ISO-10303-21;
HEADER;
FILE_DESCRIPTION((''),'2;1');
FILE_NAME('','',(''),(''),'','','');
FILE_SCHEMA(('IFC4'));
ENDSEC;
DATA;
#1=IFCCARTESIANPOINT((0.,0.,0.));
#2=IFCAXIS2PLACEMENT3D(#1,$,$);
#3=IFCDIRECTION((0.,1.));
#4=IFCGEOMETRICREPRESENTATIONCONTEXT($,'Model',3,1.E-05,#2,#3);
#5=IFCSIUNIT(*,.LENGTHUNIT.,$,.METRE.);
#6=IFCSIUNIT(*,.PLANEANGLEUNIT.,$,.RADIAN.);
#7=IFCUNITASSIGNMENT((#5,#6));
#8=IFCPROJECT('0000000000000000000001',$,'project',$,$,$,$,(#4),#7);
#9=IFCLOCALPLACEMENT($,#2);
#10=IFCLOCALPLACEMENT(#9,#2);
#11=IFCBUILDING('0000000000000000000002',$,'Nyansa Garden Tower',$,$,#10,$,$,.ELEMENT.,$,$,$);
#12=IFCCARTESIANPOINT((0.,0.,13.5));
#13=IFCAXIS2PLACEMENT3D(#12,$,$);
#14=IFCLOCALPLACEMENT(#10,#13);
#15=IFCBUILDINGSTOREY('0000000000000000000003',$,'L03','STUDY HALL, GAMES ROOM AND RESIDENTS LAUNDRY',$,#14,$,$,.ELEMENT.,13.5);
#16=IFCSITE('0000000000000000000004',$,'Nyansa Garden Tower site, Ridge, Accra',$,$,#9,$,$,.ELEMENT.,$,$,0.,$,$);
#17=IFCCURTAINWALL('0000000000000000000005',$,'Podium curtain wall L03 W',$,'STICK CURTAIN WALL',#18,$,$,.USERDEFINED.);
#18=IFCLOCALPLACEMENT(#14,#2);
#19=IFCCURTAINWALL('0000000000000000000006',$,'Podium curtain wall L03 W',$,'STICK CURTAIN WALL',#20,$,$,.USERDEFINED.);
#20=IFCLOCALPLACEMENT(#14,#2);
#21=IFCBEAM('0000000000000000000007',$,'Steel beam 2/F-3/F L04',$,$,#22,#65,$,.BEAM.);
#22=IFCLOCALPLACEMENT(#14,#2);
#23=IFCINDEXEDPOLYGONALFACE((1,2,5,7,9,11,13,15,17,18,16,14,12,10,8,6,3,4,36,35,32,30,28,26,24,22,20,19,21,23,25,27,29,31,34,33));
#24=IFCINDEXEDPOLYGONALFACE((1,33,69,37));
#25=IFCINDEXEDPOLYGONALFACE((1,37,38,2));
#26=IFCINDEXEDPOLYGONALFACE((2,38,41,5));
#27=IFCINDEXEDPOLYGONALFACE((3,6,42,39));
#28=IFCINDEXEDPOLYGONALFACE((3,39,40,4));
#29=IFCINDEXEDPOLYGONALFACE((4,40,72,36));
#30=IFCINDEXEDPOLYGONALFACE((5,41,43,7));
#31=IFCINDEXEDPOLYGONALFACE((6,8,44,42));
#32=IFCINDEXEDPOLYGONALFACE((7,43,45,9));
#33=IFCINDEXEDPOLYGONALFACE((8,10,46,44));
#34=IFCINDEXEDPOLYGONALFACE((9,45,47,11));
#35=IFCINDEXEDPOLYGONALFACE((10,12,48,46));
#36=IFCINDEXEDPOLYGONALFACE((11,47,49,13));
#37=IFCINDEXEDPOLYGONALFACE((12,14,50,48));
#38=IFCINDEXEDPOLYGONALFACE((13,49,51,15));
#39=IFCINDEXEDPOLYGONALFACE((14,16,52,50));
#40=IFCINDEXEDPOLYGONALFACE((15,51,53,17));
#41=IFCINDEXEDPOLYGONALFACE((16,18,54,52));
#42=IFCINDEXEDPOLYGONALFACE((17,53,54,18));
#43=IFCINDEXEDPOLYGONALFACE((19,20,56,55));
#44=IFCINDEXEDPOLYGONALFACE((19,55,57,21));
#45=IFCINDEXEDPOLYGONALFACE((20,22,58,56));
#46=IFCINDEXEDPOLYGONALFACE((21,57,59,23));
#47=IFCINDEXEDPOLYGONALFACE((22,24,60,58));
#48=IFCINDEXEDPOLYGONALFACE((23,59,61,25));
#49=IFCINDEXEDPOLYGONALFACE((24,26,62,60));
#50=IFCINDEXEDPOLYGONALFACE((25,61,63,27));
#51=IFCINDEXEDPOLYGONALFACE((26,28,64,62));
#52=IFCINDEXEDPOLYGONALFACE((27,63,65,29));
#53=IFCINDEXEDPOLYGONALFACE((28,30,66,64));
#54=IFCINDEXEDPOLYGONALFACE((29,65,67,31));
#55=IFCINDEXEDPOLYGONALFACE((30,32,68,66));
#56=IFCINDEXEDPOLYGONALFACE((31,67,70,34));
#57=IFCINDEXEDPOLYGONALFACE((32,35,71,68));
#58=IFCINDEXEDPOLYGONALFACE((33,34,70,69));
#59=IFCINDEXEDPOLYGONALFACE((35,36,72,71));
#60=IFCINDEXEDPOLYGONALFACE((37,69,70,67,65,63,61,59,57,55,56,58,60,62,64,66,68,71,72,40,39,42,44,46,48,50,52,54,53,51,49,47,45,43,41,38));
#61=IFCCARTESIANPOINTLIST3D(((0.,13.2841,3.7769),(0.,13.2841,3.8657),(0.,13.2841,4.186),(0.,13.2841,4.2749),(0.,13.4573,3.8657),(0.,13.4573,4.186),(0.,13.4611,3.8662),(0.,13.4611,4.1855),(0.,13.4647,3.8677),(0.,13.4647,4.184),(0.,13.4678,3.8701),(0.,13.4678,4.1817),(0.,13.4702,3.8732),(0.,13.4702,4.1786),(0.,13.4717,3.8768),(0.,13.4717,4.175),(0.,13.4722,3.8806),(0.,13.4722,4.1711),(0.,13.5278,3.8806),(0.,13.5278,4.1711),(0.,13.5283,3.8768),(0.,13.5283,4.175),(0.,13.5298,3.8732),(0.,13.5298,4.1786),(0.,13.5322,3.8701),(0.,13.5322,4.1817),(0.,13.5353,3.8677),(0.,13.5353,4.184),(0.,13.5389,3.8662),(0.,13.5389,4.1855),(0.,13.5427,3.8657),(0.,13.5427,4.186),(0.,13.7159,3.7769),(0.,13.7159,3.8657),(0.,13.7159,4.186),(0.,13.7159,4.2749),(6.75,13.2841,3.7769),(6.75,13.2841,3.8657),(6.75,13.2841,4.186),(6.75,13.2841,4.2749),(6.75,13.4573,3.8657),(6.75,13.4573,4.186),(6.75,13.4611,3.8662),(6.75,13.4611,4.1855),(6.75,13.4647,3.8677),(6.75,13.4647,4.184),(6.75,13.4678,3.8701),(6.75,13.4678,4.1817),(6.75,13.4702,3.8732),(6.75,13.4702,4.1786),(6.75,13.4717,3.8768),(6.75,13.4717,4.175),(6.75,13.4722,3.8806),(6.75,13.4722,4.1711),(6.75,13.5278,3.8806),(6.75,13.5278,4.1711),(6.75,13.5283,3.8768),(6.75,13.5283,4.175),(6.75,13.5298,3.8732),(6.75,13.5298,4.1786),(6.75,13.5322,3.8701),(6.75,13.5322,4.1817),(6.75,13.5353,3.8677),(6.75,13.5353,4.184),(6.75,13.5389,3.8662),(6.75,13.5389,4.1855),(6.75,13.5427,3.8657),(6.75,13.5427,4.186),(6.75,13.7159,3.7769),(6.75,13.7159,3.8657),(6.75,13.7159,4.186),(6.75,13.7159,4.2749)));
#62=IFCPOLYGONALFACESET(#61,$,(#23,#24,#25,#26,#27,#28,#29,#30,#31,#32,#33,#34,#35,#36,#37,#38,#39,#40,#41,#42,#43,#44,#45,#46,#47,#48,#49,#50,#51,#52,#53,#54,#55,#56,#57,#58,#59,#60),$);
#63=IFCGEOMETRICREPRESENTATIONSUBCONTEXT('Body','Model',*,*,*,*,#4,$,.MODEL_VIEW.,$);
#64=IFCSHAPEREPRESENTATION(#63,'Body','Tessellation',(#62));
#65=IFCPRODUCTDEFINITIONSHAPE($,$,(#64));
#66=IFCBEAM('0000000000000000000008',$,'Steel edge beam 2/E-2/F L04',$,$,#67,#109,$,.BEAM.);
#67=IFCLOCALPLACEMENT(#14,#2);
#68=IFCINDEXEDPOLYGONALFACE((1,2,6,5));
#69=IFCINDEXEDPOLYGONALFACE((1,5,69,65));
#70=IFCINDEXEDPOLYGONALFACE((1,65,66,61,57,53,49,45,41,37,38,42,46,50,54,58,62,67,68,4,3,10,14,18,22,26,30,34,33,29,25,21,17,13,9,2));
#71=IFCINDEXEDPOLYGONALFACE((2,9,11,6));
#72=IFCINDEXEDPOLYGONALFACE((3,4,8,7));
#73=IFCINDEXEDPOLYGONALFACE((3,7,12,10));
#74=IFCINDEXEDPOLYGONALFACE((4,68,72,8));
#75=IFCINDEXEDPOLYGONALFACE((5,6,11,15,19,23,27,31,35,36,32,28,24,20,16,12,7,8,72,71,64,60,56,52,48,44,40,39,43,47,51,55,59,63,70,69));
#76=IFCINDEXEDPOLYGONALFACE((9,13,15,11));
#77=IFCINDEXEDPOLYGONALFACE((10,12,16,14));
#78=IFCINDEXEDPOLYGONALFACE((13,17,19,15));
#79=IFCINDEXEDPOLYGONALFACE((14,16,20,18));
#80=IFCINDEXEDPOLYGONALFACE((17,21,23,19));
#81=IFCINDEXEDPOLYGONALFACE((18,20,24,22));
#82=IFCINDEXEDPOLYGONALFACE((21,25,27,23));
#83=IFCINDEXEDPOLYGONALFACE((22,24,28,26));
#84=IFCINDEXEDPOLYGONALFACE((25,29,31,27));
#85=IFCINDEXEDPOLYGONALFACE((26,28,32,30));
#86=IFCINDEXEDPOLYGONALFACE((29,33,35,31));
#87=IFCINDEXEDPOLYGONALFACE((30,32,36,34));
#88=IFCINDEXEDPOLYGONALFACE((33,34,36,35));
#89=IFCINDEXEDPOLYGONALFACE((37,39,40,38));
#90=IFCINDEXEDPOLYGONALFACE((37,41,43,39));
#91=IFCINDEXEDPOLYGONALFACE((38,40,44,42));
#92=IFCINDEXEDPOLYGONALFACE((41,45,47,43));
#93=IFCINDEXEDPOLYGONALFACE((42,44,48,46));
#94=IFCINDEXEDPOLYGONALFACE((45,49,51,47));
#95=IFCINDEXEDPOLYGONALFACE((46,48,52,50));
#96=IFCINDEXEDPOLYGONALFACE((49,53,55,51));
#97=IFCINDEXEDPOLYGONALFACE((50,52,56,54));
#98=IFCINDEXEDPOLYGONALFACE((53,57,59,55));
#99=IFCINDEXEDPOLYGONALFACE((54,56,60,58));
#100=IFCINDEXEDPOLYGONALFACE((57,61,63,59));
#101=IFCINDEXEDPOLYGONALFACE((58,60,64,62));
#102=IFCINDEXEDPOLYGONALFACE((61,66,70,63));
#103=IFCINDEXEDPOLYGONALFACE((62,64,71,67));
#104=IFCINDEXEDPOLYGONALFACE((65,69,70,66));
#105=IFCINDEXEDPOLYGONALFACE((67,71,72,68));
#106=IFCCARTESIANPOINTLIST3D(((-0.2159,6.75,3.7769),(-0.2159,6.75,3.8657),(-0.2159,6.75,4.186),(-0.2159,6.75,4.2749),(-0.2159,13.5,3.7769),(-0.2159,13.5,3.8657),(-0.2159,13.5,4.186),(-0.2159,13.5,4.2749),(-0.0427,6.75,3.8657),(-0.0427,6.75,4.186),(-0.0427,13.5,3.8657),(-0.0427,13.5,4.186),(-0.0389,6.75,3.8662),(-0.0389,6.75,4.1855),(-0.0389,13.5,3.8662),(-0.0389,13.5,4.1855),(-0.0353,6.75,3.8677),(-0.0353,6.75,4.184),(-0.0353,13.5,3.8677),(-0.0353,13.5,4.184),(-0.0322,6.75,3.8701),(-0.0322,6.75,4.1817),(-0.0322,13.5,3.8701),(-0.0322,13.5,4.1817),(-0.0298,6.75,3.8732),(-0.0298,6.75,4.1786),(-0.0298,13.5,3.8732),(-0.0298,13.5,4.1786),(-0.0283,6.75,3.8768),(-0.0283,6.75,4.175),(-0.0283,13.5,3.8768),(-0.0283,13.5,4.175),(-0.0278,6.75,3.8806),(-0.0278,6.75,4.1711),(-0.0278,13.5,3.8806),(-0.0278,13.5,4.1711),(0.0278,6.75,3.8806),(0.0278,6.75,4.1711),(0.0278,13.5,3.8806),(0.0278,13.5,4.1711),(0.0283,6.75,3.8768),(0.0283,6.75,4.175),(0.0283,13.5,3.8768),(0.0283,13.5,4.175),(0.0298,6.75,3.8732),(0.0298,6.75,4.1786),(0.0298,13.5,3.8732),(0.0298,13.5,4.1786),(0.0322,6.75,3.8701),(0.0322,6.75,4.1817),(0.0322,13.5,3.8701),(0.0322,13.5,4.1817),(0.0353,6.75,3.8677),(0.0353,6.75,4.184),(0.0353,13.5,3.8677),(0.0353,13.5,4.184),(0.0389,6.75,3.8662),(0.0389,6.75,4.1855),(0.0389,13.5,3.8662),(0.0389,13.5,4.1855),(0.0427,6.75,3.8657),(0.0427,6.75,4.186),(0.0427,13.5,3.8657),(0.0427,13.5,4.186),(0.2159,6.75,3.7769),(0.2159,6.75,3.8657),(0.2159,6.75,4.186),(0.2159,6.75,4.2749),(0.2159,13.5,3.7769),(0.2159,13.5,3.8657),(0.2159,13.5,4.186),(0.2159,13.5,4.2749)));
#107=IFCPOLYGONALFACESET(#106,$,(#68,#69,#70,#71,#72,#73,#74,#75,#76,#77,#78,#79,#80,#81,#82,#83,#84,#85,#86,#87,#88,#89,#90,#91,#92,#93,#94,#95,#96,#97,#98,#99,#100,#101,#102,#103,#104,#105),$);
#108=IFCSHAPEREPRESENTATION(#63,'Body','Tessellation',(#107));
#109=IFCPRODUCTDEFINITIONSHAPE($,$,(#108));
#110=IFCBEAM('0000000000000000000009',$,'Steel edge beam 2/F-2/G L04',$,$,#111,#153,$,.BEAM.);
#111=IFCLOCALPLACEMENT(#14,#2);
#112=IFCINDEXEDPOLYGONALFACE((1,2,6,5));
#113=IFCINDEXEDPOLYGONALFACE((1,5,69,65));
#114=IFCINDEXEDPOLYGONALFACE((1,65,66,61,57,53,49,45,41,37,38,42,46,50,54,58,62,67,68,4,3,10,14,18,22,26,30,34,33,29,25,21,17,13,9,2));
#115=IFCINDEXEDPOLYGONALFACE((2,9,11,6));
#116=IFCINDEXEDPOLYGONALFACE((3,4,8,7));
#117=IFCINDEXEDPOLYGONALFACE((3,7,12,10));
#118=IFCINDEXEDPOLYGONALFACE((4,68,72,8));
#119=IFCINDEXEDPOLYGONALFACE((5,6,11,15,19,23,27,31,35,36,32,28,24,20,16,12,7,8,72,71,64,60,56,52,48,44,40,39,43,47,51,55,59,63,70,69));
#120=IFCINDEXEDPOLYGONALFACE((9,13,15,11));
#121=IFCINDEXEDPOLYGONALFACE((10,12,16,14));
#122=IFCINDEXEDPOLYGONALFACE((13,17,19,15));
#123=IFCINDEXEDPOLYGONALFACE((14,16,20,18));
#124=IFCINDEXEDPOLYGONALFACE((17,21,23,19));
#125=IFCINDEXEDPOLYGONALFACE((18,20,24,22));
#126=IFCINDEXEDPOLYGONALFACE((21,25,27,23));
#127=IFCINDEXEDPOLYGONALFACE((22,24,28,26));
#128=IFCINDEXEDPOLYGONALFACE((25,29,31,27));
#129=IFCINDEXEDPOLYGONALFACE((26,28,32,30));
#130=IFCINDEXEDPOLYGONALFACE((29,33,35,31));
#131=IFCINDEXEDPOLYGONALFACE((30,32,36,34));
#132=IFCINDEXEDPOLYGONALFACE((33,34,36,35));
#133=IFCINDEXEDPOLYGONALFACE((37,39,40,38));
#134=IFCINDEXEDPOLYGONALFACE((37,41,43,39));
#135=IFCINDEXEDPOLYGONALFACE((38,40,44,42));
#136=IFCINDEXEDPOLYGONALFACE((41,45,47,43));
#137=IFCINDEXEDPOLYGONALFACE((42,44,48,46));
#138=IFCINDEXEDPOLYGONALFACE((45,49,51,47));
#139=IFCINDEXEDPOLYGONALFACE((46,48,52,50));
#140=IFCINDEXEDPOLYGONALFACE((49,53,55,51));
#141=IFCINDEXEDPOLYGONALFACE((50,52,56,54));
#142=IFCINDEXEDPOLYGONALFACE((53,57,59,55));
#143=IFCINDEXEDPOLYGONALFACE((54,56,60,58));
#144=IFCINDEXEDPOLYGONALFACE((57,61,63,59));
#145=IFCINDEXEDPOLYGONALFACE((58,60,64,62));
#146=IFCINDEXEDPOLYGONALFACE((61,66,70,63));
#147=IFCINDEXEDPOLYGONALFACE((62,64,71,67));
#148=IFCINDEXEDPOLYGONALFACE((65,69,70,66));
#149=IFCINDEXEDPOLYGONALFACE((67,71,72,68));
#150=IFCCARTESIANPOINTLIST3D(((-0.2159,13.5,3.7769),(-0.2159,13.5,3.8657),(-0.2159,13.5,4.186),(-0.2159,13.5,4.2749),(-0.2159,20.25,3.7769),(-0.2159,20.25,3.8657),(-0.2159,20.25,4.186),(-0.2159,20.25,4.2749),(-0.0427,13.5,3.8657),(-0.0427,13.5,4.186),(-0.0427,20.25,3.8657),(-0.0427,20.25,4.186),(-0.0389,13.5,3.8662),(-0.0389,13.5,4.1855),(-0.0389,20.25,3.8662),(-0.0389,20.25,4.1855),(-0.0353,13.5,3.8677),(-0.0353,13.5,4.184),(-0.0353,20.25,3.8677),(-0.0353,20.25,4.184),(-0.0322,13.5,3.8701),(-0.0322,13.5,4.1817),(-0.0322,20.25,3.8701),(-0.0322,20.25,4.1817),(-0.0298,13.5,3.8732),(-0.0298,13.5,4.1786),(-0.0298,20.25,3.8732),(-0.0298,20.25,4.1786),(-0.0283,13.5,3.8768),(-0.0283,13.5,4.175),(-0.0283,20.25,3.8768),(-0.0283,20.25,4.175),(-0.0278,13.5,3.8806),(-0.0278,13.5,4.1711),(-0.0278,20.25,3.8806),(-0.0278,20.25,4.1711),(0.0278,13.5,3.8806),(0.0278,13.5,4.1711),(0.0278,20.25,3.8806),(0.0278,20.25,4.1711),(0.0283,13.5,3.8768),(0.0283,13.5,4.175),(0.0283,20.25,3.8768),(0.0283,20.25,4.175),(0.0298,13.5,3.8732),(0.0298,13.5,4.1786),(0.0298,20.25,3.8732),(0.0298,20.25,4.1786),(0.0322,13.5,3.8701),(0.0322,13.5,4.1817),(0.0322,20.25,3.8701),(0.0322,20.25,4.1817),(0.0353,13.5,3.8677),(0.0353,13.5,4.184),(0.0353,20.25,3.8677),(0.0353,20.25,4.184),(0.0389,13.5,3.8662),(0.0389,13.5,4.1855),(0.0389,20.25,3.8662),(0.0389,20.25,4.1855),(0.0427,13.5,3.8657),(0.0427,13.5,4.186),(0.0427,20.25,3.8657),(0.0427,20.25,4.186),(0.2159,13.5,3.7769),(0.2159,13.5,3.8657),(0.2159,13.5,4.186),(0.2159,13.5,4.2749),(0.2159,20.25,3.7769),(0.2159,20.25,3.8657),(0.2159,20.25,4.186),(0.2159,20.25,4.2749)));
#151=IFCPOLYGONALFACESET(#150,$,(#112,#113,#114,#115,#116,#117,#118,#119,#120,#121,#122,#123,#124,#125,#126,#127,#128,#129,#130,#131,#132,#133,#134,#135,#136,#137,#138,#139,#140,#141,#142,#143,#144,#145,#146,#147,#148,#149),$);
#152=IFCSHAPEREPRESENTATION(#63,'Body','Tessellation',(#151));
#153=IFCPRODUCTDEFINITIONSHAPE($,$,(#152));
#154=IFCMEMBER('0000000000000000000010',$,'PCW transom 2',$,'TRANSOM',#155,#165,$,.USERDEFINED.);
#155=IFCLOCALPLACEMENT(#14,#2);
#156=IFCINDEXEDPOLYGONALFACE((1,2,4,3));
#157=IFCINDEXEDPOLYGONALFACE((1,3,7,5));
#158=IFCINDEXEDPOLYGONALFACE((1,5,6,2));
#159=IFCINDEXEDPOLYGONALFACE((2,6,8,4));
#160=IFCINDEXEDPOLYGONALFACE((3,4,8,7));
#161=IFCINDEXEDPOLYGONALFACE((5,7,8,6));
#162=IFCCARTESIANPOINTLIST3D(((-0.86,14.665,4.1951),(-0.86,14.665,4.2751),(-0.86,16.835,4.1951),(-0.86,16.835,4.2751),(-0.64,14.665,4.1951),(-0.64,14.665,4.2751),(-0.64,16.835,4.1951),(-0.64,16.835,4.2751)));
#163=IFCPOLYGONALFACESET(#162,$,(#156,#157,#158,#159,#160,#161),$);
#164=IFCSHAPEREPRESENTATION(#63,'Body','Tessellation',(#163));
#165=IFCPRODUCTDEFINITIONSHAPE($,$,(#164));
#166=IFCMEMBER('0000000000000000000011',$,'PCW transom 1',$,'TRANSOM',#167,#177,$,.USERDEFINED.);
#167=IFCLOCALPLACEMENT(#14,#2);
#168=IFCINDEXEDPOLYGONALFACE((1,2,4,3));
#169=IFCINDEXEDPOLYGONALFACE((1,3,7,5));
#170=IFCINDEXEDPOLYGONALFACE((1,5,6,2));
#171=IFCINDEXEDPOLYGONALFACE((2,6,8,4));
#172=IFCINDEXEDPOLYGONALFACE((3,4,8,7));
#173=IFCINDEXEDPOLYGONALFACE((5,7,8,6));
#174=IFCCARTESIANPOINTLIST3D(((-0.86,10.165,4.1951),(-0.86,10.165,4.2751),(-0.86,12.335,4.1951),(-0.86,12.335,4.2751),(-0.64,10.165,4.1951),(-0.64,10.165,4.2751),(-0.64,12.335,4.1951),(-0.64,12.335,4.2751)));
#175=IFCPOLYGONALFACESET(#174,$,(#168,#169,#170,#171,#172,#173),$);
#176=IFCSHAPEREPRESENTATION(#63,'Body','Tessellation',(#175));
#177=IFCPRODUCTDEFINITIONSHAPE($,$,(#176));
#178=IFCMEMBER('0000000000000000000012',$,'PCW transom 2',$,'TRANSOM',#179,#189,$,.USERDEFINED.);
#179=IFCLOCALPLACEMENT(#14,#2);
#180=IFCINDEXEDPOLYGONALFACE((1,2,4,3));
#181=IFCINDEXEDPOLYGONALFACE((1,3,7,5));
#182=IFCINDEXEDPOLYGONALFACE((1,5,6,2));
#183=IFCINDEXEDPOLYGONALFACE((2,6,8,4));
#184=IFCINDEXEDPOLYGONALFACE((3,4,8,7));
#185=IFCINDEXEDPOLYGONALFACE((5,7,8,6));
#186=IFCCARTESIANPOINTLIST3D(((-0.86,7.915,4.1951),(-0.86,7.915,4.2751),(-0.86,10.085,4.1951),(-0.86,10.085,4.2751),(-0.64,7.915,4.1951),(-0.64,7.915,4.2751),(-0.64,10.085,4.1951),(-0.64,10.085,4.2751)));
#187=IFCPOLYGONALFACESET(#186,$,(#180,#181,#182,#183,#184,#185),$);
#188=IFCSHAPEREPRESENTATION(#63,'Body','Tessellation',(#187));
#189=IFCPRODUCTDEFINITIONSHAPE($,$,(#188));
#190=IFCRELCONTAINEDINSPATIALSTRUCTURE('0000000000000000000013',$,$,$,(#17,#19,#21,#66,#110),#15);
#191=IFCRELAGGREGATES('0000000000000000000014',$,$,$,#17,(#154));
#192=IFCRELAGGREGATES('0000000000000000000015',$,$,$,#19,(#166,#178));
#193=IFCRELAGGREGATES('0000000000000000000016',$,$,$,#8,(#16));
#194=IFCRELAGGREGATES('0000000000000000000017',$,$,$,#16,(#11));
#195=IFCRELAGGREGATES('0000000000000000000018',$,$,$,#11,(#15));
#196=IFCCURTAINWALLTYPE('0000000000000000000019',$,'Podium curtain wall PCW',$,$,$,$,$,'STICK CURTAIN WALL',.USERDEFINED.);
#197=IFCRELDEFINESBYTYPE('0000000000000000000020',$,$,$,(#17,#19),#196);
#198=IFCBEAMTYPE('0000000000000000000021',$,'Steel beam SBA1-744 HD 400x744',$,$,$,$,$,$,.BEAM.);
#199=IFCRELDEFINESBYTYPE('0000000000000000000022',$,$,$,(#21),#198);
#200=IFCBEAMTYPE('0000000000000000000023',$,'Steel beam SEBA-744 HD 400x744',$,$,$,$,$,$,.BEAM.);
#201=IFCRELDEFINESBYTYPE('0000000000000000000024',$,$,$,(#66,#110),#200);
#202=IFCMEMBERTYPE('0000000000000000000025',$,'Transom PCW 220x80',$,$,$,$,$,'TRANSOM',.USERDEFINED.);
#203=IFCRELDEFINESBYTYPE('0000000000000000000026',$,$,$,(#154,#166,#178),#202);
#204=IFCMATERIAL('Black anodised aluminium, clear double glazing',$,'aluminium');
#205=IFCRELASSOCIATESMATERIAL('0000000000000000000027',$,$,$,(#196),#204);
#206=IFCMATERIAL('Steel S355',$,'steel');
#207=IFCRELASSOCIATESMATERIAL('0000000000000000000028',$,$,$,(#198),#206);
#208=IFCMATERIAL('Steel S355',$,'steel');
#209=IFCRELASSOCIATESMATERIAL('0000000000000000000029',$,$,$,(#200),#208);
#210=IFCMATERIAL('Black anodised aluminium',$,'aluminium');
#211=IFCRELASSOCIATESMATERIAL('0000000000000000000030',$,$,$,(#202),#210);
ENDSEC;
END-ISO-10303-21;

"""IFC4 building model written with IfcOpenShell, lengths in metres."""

from ifc_helpers import new_model, si_unit, direction, frame, origin, origin_2d, place, context, subcontext, project, spatial, rectangle, i_section, extrude, material, material_profile, profile_set, type_object, element, aggregate, save


model = new_model("IFC4")

# Units and contexts
model_context = context("Model", 3, precision=1e-05, world=origin(), true_north=direction((0.0, 1.0)))
body_context = subcontext(model_context, "Body", "Model", "MODEL_VIEW")
ifc_project = project(units=[si_unit("LENGTHUNIT", "METRE"), si_unit("PLANEANGLEUNIT", "RADIAN")], contexts=[model_context])

# Site, building, storey
site_placement = place(None, origin())
site = spatial("IfcSite", under=ifc_project, at=site_placement, Name="Nyansa Garden Tower site, Ridge, Accra", CompositionType="ELEMENT", RefElevation=0.0)
building_placement = place(site_placement, origin())
building = spatial("IfcBuilding", under=site, at=building_placement, Name="Nyansa Garden Tower", CompositionType="ELEMENT")
storey_placement = place(building_placement, frame((0.0, 0.0, 13.5)))
storey = spatial("IfcBuildingStorey", under=building, at=storey_placement, Name="L03", Description="STUDY HALL, GAMES ROOM AND RESIDENTS LAUNDRY", CompositionType="ELEMENT", Elevation=13.5)

# Curtain wall
ifc_material_1 = material(Name="Black anodised aluminium, clear double glazing", Category="aluminium")
curtain_wall_type = type_object("IfcCurtainWallType", Name="Podium curtain wall PCW", ElementType="STICK CURTAIN WALL", PredefinedType="USERDEFINED", material=ifc_material_1)
curtain_wall_1_placement = place(storey_placement, origin())
curtain_wall_1 = element("IfcCurtainWall", 1, at=curtain_wall_1_placement, inside=storey, type_object=curtain_wall_type, Name="Podium curtain wall L03 W", ObjectType="STICK CURTAIN WALL", PredefinedType="USERDEFINED")

# Curtain wall
curtain_wall_2_placement = place(storey_placement, origin())
curtain_wall_2 = element("IfcCurtainWall", 2, at=curtain_wall_2_placement, inside=storey, type_object=curtain_wall_type, Name="Podium curtain wall L03 W", ObjectType="STICK CURTAIN WALL", PredefinedType="USERDEFINED")

# Beams
ifc_material_2 = material(Name="Steel S355", Category="steel")
ifc_material_profile_1 = material_profile(ifc_material_2, i_section(OverallWidth=0.4319, OverallDepth=0.498, WebThickness=0.0557, FlangeThickness=0.0889, FilletRadius=0.0149, at=origin_2d()), Name="HD 400x744")
ifc_profile_set_1 = profile_set([ifc_material_profile_1], Name="Steel S355")
beam_type_1 = type_object("IfcBeamType", Name="Steel beam SBA1-744 HD 400x744", PredefinedType="BEAM", material=ifc_profile_set_1)
for number, where, z_axis, x_axis, name in (
    (3, (0.0, 13.5, 4.0259), (1.0, 0.0, 0.0), (0.0, 1.0, 0.0), "Steel beam 2/F-3/F L04"),
):
    element("IfcBeam", number, at=place(storey_placement, frame(where, z_axis=z_axis, x_axis=x_axis)), inside=storey, type_object=beam_type_1, Name=name, PredefinedType="BEAM", context=body_context, shape_type="SweptSolid", body=[
        extrude(i_section(OverallWidth=0.4319, OverallDepth=0.498, WebThickness=0.0557, FlangeThickness=0.0889, FilletRadius=0.0149, at=origin_2d()), origin(), (0.0, 0.0, 1.0), 6.75),
    ])
ifc_material_3 = material(Name="Steel S355", Category="steel")
ifc_material_profile_2 = material_profile(ifc_material_3, i_section(OverallWidth=0.4319, OverallDepth=0.498, WebThickness=0.0557, FlangeThickness=0.0889, FilletRadius=0.0149, at=origin_2d()), Name="HD 400x744")
ifc_profile_set_2 = profile_set([ifc_material_profile_2], Name="Steel S355")
beam_type_2 = type_object("IfcBeamType", Name="Steel beam SEBA-744 HD 400x744", PredefinedType="BEAM", material=ifc_profile_set_2)
for number, where, z_axis, x_axis, name in (
    (4, (0.0, 6.75, 4.0259), (0.0, 1.0, 0.0), (-1.0, 0.0, 0.0), "Steel edge beam 2/E-2/F L04"),
    (5, (0.0, 13.5, 4.0259), (0.0, 1.0, 0.0), (-1.0, 0.0, 0.0), "Steel edge beam 2/F-2/G L04"),
):
    element("IfcBeam", number, at=place(storey_placement, frame(where, z_axis=z_axis, x_axis=x_axis)), inside=storey, type_object=beam_type_2, Name=name, PredefinedType="BEAM", context=body_context, shape_type="SweptSolid", body=[
        extrude(i_section(OverallWidth=0.4319, OverallDepth=0.498, WebThickness=0.0557, FlangeThickness=0.0889, FilletRadius=0.0149, at=origin_2d()), origin(), (0.0, 0.0, 1.0), 6.75),
    ])

# Members
ifc_material_4 = material(Name="Black anodised aluminium", Category="aluminium")
ifc_material_profile_3 = material_profile(ifc_material_4, rectangle(XDim=0.22, YDim=0.0801, at=origin_2d()), Name="Transom 220x80")
ifc_profile_set_3 = profile_set([ifc_material_profile_3], Name="Black anodised aluminium")
member_type_1 = type_object("IfcMemberType", Name="Transom PCW 220x80", ElementType="TRANSOM", PredefinedType="USERDEFINED", material=ifc_profile_set_3)
member_1_placement = place(storey_placement, frame((-0.75, 16.835, 4.2351), z_axis=(0.0, -1.0, 0.0), x_axis=(1.0, 0.0, 0.0)))
member_1 = element("IfcMember", 6, at=member_1_placement, type_object=member_type_1, Name="PCW transom 2", ObjectType="TRANSOM", PredefinedType="USERDEFINED", context=body_context, shape_type="SweptSolid", body=[
    extrude(rectangle(XDim=0.22, YDim=0.0801, at=origin_2d()), origin(), (0.0, 0.0, 1.0), 2.1699),
])
member_2_placement = place(storey_placement, frame((-0.75, 12.335, 4.2351), z_axis=(0.0, -1.0, 0.0), x_axis=(1.0, 0.0, 0.0)))
member_2 = element("IfcMember", 7, at=member_2_placement, type_object=member_type_1, Name="PCW transom 1", ObjectType="TRANSOM", PredefinedType="USERDEFINED", context=body_context, shape_type="SweptSolid", body=[
    extrude(rectangle(XDim=0.22, YDim=0.0801, at=origin_2d()), origin(), (0.0, 0.0, 1.0), 2.1699),
])
member_3_placement = place(storey_placement, frame((-0.75, 10.085, 4.2351), z_axis=(0.0, -1.0, 0.0), x_axis=(1.0, 0.0, 0.0)))
member_3 = element("IfcMember", 8, at=member_3_placement, type_object=member_type_1, Name="PCW transom 2", ObjectType="TRANSOM", PredefinedType="USERDEFINED", context=body_context, shape_type="SweptSolid", body=[
    extrude(rectangle(XDim=0.22, YDim=0.0801, at=origin_2d()), origin(), (0.0, 0.0, 1.0), 2.1699),
])

aggregate(curtain_wall_1, [member_1])
aggregate(curtain_wall_2, [member_2, member_3])

save(model, "model.ifc")
